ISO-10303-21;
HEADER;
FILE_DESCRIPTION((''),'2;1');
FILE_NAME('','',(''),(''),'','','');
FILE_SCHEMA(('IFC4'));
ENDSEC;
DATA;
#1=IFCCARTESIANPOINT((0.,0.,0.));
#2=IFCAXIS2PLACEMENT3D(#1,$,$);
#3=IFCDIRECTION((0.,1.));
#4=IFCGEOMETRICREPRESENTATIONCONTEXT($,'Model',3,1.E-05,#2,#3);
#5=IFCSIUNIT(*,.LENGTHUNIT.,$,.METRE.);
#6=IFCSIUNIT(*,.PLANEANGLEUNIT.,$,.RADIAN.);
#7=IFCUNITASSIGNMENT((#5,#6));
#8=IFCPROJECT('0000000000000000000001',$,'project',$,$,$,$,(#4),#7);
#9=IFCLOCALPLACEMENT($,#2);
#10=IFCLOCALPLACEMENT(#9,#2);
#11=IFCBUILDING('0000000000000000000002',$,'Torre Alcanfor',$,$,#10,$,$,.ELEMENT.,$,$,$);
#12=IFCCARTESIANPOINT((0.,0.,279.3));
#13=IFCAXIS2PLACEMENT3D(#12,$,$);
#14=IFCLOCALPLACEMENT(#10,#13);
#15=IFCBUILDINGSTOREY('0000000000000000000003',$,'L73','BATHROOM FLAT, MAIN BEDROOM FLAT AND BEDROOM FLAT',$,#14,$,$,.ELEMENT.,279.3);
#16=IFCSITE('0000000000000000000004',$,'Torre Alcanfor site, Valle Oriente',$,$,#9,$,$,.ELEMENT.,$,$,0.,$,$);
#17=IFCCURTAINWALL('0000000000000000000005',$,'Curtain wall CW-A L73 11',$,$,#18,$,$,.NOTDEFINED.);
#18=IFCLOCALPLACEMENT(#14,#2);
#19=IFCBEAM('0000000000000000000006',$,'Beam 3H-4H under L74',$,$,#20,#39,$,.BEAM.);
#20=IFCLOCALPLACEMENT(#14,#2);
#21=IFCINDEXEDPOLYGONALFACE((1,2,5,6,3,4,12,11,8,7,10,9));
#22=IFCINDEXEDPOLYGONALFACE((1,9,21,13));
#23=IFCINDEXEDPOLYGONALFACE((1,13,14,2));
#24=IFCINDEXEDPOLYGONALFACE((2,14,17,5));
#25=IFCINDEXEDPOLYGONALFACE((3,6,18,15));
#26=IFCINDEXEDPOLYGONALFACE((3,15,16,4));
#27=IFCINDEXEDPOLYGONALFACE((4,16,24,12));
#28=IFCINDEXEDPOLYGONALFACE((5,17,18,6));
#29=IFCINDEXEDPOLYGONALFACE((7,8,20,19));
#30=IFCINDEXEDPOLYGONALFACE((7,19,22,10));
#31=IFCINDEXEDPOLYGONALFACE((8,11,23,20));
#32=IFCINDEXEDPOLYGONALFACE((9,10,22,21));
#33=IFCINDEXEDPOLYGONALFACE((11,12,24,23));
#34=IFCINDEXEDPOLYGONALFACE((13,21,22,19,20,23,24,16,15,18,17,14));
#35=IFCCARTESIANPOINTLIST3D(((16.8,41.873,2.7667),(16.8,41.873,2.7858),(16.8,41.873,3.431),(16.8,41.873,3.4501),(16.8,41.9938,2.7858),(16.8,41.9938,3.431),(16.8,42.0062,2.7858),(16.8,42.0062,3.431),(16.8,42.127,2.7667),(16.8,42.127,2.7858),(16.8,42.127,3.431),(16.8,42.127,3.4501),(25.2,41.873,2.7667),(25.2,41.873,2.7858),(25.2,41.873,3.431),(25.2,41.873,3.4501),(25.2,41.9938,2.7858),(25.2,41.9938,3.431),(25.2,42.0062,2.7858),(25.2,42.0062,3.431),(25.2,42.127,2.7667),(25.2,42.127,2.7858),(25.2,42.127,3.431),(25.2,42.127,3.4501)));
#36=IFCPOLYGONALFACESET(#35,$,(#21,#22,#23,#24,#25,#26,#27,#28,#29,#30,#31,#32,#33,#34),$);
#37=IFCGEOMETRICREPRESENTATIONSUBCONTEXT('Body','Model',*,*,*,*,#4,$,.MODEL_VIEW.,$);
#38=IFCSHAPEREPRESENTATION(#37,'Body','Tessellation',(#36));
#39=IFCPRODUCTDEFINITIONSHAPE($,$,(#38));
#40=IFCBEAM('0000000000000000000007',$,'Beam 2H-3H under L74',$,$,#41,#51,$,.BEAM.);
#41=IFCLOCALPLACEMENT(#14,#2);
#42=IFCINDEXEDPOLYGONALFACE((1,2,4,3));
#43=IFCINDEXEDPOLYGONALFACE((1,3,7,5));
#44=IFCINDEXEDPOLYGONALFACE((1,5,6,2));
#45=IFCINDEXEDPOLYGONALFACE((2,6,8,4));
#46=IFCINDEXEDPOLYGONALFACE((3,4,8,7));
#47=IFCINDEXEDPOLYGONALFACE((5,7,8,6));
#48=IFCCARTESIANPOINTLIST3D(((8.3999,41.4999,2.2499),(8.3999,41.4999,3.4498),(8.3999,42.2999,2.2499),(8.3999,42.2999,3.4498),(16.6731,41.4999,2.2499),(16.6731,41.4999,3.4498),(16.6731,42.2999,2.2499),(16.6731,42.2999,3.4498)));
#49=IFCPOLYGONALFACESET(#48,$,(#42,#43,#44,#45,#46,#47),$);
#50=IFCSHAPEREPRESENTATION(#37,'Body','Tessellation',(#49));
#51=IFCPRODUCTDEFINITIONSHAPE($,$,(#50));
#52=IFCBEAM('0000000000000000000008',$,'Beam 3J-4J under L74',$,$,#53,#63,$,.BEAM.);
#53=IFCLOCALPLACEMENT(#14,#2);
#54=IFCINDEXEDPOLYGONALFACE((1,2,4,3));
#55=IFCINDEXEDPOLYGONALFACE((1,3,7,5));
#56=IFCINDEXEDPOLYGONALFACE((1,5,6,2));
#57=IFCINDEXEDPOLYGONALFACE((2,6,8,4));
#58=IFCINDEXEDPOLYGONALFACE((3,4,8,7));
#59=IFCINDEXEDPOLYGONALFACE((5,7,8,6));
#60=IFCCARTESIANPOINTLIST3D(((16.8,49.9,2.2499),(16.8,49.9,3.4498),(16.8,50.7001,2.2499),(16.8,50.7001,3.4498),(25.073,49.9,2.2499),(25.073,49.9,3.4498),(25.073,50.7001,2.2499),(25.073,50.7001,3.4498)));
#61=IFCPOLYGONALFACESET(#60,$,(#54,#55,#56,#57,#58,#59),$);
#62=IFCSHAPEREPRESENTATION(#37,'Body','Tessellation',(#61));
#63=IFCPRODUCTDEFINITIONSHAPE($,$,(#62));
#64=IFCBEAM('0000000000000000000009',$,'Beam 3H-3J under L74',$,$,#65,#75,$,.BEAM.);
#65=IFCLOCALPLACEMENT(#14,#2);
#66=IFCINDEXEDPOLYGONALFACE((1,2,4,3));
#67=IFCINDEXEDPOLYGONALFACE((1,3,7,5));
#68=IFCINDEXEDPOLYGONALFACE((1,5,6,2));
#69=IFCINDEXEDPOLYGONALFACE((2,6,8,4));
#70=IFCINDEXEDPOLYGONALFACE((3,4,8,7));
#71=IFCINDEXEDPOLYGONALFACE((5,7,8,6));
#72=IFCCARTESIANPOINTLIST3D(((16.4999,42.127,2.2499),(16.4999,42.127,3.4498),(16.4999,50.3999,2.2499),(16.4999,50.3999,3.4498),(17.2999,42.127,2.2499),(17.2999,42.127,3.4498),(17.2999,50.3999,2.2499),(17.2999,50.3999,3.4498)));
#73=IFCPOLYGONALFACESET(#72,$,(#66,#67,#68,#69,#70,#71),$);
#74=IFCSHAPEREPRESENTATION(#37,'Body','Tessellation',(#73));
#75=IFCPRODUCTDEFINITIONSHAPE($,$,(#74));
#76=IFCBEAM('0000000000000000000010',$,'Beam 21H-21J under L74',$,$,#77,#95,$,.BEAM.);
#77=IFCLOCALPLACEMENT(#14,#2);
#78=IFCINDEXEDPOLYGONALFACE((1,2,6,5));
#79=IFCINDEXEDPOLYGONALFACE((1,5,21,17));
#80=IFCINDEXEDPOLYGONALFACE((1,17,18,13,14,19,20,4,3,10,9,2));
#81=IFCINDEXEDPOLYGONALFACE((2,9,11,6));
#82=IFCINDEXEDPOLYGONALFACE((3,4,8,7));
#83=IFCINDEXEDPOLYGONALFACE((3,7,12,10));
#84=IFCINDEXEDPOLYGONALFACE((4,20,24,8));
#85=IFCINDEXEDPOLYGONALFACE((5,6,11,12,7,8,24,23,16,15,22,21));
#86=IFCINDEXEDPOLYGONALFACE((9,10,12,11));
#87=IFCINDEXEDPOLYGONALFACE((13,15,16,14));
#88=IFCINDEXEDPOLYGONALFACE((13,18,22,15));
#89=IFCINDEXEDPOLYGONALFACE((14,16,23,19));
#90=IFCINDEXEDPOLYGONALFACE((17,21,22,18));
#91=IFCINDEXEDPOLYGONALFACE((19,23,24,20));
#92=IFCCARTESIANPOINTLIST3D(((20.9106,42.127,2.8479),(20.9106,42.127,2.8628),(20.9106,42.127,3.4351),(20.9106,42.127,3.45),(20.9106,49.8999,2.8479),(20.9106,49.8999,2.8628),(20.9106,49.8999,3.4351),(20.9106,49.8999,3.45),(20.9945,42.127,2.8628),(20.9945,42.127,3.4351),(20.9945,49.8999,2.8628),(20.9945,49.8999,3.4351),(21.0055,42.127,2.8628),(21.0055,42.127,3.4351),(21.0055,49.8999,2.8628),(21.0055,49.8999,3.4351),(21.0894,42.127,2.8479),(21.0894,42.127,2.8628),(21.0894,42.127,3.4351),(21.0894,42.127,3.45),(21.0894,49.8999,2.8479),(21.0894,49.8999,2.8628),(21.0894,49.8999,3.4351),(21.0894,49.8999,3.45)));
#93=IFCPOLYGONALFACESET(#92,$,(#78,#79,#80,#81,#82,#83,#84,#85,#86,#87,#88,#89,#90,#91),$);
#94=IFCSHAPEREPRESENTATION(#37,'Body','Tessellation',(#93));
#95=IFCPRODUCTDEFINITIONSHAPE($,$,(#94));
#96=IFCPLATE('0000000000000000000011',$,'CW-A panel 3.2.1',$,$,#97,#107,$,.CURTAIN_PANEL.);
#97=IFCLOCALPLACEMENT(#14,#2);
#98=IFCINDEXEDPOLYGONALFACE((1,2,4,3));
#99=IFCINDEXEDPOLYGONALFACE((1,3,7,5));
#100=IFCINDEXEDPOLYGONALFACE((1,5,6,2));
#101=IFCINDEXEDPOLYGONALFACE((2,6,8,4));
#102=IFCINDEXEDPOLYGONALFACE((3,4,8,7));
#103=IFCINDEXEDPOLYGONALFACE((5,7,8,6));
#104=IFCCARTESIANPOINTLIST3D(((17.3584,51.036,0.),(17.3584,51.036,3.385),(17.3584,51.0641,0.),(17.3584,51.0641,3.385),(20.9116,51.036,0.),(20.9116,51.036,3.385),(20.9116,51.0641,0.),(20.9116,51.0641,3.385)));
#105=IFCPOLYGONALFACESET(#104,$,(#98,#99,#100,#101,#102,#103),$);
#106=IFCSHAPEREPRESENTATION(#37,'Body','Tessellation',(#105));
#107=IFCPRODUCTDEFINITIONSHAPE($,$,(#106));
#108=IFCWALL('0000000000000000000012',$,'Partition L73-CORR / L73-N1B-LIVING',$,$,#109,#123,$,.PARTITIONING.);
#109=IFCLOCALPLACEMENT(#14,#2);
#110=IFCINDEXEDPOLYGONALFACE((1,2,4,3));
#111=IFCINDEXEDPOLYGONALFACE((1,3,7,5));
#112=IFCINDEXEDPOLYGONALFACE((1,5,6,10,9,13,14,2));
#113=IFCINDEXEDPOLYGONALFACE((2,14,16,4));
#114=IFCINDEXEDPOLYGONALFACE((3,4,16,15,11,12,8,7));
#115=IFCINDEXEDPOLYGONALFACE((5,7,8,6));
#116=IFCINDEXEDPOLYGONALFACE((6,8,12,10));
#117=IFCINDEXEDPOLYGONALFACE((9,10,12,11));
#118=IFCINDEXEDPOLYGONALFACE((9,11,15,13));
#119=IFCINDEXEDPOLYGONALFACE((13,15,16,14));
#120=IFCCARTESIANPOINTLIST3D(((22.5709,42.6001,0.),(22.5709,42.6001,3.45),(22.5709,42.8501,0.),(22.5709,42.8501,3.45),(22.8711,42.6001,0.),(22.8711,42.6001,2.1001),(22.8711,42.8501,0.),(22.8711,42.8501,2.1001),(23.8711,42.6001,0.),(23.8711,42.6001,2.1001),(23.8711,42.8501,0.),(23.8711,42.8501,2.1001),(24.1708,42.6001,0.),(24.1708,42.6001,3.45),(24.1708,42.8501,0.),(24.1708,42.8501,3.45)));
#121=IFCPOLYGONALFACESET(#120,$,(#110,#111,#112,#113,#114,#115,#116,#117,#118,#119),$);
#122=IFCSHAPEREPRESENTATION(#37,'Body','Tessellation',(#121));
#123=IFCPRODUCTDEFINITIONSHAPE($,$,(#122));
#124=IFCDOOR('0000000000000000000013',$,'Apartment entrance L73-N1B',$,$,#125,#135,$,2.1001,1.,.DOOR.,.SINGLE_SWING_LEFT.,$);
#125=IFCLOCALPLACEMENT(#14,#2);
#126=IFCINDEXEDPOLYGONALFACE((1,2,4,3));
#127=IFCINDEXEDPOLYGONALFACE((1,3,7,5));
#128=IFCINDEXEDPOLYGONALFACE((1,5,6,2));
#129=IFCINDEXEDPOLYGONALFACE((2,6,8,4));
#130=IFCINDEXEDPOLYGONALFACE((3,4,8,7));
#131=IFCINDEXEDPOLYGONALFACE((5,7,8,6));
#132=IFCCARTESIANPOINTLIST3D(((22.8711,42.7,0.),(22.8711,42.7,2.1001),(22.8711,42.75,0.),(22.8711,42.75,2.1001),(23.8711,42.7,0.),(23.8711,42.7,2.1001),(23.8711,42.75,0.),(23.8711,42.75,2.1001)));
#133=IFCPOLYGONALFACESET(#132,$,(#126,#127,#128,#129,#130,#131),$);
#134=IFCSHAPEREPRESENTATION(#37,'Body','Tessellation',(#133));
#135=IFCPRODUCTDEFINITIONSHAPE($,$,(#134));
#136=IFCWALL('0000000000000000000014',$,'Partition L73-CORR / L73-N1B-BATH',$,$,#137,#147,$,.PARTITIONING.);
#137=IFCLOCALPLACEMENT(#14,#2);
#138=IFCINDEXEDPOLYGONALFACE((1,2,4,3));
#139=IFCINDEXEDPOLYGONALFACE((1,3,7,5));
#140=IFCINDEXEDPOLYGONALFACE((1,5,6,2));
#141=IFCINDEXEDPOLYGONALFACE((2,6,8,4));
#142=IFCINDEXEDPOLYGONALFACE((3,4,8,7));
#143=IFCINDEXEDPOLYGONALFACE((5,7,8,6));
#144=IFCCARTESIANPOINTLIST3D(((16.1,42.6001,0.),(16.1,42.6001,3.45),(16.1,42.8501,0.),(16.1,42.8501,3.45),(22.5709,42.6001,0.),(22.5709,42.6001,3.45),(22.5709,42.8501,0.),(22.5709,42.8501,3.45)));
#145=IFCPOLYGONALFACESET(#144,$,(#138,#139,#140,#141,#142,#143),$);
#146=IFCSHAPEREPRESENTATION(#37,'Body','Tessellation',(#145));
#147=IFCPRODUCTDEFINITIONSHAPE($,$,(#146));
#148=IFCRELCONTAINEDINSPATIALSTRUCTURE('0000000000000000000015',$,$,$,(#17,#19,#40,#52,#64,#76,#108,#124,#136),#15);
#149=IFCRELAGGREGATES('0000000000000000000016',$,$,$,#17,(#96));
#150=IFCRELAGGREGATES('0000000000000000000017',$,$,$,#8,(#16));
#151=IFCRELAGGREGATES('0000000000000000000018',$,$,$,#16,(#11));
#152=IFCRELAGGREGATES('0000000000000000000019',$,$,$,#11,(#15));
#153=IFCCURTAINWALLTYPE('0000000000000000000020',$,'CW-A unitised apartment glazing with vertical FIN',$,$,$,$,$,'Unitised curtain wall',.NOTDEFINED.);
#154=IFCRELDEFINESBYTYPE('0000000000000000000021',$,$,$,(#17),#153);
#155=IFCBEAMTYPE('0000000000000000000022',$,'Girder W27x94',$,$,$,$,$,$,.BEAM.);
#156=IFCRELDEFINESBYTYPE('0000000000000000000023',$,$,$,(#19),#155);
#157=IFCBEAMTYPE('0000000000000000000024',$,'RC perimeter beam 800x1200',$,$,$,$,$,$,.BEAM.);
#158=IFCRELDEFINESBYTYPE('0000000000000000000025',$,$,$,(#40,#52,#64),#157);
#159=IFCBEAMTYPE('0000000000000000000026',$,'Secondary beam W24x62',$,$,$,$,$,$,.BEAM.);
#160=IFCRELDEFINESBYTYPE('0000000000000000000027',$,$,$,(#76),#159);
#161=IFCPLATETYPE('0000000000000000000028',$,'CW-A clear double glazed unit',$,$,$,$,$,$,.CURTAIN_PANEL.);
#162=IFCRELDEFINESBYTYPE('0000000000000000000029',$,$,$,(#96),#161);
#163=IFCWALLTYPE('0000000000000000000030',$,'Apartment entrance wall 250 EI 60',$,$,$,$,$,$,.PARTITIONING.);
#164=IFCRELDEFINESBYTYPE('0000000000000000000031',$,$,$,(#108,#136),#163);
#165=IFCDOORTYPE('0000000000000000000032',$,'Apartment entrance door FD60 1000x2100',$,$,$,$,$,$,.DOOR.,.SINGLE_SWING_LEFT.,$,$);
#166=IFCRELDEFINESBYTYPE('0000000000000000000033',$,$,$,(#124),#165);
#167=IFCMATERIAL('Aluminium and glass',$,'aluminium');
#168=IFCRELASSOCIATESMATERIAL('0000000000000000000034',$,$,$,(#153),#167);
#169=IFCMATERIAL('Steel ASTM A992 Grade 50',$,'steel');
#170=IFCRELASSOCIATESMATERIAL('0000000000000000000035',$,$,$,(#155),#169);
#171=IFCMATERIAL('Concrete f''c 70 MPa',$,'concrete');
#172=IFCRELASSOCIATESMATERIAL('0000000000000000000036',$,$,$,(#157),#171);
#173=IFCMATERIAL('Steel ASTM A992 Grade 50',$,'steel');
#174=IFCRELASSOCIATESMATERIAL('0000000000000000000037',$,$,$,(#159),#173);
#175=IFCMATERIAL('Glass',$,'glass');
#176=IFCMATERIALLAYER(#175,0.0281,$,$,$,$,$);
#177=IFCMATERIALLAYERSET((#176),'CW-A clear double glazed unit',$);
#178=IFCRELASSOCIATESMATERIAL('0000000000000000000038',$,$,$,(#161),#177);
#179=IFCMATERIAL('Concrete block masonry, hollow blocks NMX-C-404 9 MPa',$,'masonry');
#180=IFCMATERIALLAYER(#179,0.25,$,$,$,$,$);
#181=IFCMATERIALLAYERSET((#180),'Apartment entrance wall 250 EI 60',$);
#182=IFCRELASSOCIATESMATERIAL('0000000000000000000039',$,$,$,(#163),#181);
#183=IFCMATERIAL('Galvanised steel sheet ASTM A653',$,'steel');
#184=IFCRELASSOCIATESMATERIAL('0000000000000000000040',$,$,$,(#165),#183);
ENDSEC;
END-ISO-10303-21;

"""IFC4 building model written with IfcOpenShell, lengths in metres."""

from ifc_helpers import new_model, si_unit, direction, frame, frame_2d, origin, origin_2d, place, context, subcontext, project, spatial, rectangle, i_section, extrude, material, layer, layer_set, material_profile, profile_set, type_object, element, fill, aggregate, save


model = new_model("IFC4")

# Units and contexts
model_context = context("Model", 3, precision=1e-05, world=origin(), true_north=direction((0.0, 1.0)))
body_context = subcontext(model_context, "Body", "Model", "MODEL_VIEW")
ifc_project = project(units=[si_unit("LENGTHUNIT", "METRE"), si_unit("PLANEANGLEUNIT", "RADIAN")], contexts=[model_context])

# Site, building, storey
site_placement = place(None, origin())
site = spatial("IfcSite", under=ifc_project, at=site_placement, Name="Torre Alcanfor site, Valle Oriente", CompositionType="ELEMENT", RefElevation=0.0)
building_placement = place(site_placement, origin())
building = spatial("IfcBuilding", under=site, at=building_placement, Name="Torre Alcanfor", CompositionType="ELEMENT")
storey_placement = place(building_placement, frame((0.0, 0.0, 279.3)))
storey = spatial("IfcBuildingStorey", under=building, at=storey_placement, Name="L73", Description="BATHROOM FLAT, MAIN BEDROOM FLAT AND BEDROOM FLAT", CompositionType="ELEMENT", Elevation=279.3)

# Shared definitions
ifc_material_1 = material(Name="Aluminium and glass", Category="aluminium")
curtain_wall_type = type_object("IfcCurtainWallType", Name="CW-A unitised apartment glazing with vertical FIN", ElementType="Unitised curtain wall", PredefinedType="NOTDEFINED", material=ifc_material_1)

# Curtain wall
curtain_wall_1_placement = place(storey_placement, origin())
curtain_wall_1 = element("IfcCurtainWall", 1, at=curtain_wall_1_placement, inside=storey, type_object=curtain_wall_type, Name="Curtain wall CW-A L73 11", PredefinedType="NOTDEFINED")

# Beams
ifc_material_2 = material(Name="Steel ASTM A992 Grade 50", Category="steel")
ifc_material_profile_1 = material_profile(ifc_material_2, i_section(OverallWidth=0.2539, OverallDepth=0.6833, WebThickness=0.0125, FlangeThickness=0.019, at=origin_2d()), Name="W27x94")
ifc_profile_set_1 = profile_set([ifc_material_profile_1], Name="Steel ASTM A992 Grade 50")
beam_type_1 = type_object("IfcBeamType", Name="Girder W27x94", PredefinedType="BEAM", material=ifc_profile_set_1)
beam_1_placement = place(storey_placement, frame((16.8, 42.0, 3.1084), z_axis=(1.0, 0.0, 0.0), x_axis=(0.0, 1.0, 0.0)))
element("IfcBeam", 2, at=beam_1_placement, inside=storey, type_object=beam_type_1, Name="Beam 3H-4H under L74", PredefinedType="BEAM", context=body_context, shape_type="SweptSolid", body=[
    extrude(i_section(OverallWidth=0.2539, OverallDepth=0.6833, WebThickness=0.0125, FlangeThickness=0.019, at=origin_2d()), origin(), (0.0, 0.0, 1.0), 8.3999),
])
ifc_material_3 = material(Name="Concrete f'c 70 MPa", Category="concrete")
ifc_material_profile_2 = material_profile(ifc_material_3, rectangle(XDim=0.8, YDim=1.2, at=origin_2d()), Name="800x1200")
ifc_profile_set_2 = profile_set([ifc_material_profile_2], Name="Concrete f'c 70 MPa")
beam_type_2 = type_object("IfcBeamType", Name="RC perimeter beam 800x1200", PredefinedType="BEAM", material=ifc_profile_set_2)
beam_2_placement = place(storey_placement, frame((8.3999, 41.8999, 2.8499), z_axis=(1.0, 0.0, 0.0), x_axis=(0.0, 1.0, 0.0)))
element("IfcBeam", 3, at=beam_2_placement, inside=storey, type_object=beam_type_2, Name="Beam 2H-3H under L74", PredefinedType="BEAM", context=body_context, shape_type="SweptSolid", body=[
    extrude(rectangle(XDim=0.8, YDim=1.2, at=origin_2d()), origin(), (0.0, 0.0, 1.0), 8.2732),
])
for number, where, z_axis, x_axis, name in (
    (4, (16.8, 50.3, 2.8499), (1.0, 0.0, 0.0), (0.0, 1.0, 0.0), "Beam 3J-4J under L74"),
    (5, (16.8999, 42.127, 2.8499), (0.0, 1.0, 0.0), (-1.0, 0.0, 0.0), "Beam 3H-3J under L74"),
):
    element("IfcBeam", number, at=place(storey_placement, frame(where, z_axis=z_axis, x_axis=x_axis)), inside=storey, type_object=beam_type_2, Name=name, PredefinedType="BEAM", context=body_context, shape_type="SweptSolid", body=[
        extrude(rectangle(XDim=0.8, YDim=1.2, at=origin_2d()), origin(), (0.0, 0.0, 1.0), 8.2729),
    ])
ifc_material_4 = material(Name="Steel ASTM A992 Grade 50", Category="steel")
ifc_material_profile_3 = material_profile(ifc_material_4, i_section(OverallWidth=0.1787, OverallDepth=0.6021, WebThickness=0.011, FlangeThickness=0.0149, at=origin_2d()), Name="W24x62")
ifc_profile_set_3 = profile_set([ifc_material_profile_3], Name="Steel ASTM A992 Grade 50")
beam_type_3 = type_object("IfcBeamType", Name="Secondary beam W24x62", PredefinedType="BEAM", material=ifc_profile_set_3)
beam_3_placement = place(storey_placement, frame((21.0, 42.127, 3.1489), z_axis=(0.0, 1.0, 0.0), x_axis=(-1.0, 0.0, 0.0)))
element("IfcBeam", 6, at=beam_3_placement, inside=storey, type_object=beam_type_3, Name="Beam 21H-21J under L74", PredefinedType="BEAM", context=body_context, shape_type="SweptSolid", body=[
    extrude(i_section(OverallWidth=0.1787, OverallDepth=0.6021, WebThickness=0.011, FlangeThickness=0.0149, at=origin_2d()), origin(), (0.0, 0.0, 1.0), 7.7729),
])

# Plate
ifc_material_5 = material(Name="Glass", Category="glass")
ifc_layer_1 = layer(ifc_material_5, 0.0281)
ifc_layer_set_1 = layer_set([ifc_layer_1], Name="CW-A clear double glazed unit")
plate_type = type_object("IfcPlateType", Name="CW-A clear double glazed unit", PredefinedType="CURTAIN_PANEL", material=ifc_layer_set_1)
plate_placement = place(storey_placement, frame((19.135, 51.05, 0.0), z_axis=(0.0, 0.0, 1.0), x_axis=(-1.0, 0.0, 0.0)))
plate = element("IfcPlate", 7, at=plate_placement, type_object=plate_type, Name="CW-A panel 3.2.1", PredefinedType="CURTAIN_PANEL", context=body_context, shape_type="SweptSolid", body=[
    extrude(rectangle(XDim=3.5532, YDim=0.0281, at=origin_2d()), origin(), (0.0, 0.0, 1.0), 3.385),
])
aggregate(curtain_wall_1, [plate])

# Wall, opening, door
ifc_material_6 = material(Name="Concrete block masonry, hollow blocks NMX-C-404 9 MPa", Category="masonry")
ifc_layer_2 = layer(ifc_material_6, 0.25)
ifc_layer_set_2 = layer_set([ifc_layer_2], Name="Apartment entrance wall 250 EI 60")
wall_type_1 = type_object("IfcWallType", Name="Apartment entrance wall 250 EI 60", PredefinedType="PARTITIONING", material=ifc_layer_set_2)
wall_1_placement = place(storey_placement, frame((22.571, 42.7251, 0.0), z_axis=(0.0, 0.0, 1.0), x_axis=(1.0, 0.0, 0.0)))
wall_1 = element("IfcWall", 8, at=wall_1_placement, inside=storey, type_object=wall_type_1, Name="Partition L73-CORR / L73-N1B-LIVING", PredefinedType="PARTITIONING", context=body_context, shape_type="SweptSolid", body=[
    extrude(rectangle(XDim=1.5999, YDim=0.25, at=frame_2d((0.7998, 0.0))), origin(), (0.0, 0.0, 1.0), 3.45),
])
opening_1_placement = place(wall_1_placement, frame((0.3, 0.0, 0.0)))
opening_1 = element("IfcOpeningElement", 9, at=opening_1_placement, cuts=wall_1, PredefinedType="OPENING", context=body_context, shape_type="SweptSolid", body=[
    extrude(rectangle(XDim=1.0, YDim=2.1001, at=frame_2d((0.5, 1.05))), frame((0.0, 0.135, 0.0), z_axis=(0.0, -1.0, 0.0), x_axis=(1.0, 0.0, 0.0)), (0.0, 0.0, 1.0), 0.27),
])
ifc_material_7 = material(Name="Galvanised steel sheet ASTM A653", Category="steel")
door_type = type_object("IfcDoorType", Name="Apartment entrance door FD60 1000x2100", OperationType="SINGLE_SWING_LEFT", PredefinedType="DOOR", material=ifc_material_7)
door_placement = place(opening_1_placement, origin())
door = element("IfcDoor", 10, at=door_placement, inside=storey, type_object=door_type, Name="Apartment entrance L73-N1B", OperationType="SINGLE_SWING_LEFT", OverallHeight=2.1001, OverallWidth=1.0, PredefinedType="DOOR", context=body_context, shape_type="SweptSolid", body=[
    extrude(rectangle(XDim=1.0, YDim=2.1001, at=frame_2d((0.5, 1.05))), frame((0.0, 0.0249, 0.0), z_axis=(0.0, -1.0, 0.0), x_axis=(1.0, 0.0, 0.0)), (0.0, 0.0, 1.0), 0.05),
])
fill(opening_1, door)

# Wall
wall_2_placement = place(storey_placement, frame((16.1001, 42.7251, 0.0), z_axis=(0.0, 0.0, 1.0), x_axis=(1.0, 0.0, 0.0)))
element("IfcWall", 11, at=wall_2_placement, inside=storey, type_object=wall_type_1, Name="Partition L73-CORR / L73-N1B-BATH", PredefinedType="PARTITIONING", context=body_context, shape_type="SweptSolid", body=[
    extrude(rectangle(XDim=6.4709, YDim=0.25, at=frame_2d((3.2354, 0.0))), origin(), (0.0, 0.0, 1.0), 3.45),
])

save(model, "model.ifc")
